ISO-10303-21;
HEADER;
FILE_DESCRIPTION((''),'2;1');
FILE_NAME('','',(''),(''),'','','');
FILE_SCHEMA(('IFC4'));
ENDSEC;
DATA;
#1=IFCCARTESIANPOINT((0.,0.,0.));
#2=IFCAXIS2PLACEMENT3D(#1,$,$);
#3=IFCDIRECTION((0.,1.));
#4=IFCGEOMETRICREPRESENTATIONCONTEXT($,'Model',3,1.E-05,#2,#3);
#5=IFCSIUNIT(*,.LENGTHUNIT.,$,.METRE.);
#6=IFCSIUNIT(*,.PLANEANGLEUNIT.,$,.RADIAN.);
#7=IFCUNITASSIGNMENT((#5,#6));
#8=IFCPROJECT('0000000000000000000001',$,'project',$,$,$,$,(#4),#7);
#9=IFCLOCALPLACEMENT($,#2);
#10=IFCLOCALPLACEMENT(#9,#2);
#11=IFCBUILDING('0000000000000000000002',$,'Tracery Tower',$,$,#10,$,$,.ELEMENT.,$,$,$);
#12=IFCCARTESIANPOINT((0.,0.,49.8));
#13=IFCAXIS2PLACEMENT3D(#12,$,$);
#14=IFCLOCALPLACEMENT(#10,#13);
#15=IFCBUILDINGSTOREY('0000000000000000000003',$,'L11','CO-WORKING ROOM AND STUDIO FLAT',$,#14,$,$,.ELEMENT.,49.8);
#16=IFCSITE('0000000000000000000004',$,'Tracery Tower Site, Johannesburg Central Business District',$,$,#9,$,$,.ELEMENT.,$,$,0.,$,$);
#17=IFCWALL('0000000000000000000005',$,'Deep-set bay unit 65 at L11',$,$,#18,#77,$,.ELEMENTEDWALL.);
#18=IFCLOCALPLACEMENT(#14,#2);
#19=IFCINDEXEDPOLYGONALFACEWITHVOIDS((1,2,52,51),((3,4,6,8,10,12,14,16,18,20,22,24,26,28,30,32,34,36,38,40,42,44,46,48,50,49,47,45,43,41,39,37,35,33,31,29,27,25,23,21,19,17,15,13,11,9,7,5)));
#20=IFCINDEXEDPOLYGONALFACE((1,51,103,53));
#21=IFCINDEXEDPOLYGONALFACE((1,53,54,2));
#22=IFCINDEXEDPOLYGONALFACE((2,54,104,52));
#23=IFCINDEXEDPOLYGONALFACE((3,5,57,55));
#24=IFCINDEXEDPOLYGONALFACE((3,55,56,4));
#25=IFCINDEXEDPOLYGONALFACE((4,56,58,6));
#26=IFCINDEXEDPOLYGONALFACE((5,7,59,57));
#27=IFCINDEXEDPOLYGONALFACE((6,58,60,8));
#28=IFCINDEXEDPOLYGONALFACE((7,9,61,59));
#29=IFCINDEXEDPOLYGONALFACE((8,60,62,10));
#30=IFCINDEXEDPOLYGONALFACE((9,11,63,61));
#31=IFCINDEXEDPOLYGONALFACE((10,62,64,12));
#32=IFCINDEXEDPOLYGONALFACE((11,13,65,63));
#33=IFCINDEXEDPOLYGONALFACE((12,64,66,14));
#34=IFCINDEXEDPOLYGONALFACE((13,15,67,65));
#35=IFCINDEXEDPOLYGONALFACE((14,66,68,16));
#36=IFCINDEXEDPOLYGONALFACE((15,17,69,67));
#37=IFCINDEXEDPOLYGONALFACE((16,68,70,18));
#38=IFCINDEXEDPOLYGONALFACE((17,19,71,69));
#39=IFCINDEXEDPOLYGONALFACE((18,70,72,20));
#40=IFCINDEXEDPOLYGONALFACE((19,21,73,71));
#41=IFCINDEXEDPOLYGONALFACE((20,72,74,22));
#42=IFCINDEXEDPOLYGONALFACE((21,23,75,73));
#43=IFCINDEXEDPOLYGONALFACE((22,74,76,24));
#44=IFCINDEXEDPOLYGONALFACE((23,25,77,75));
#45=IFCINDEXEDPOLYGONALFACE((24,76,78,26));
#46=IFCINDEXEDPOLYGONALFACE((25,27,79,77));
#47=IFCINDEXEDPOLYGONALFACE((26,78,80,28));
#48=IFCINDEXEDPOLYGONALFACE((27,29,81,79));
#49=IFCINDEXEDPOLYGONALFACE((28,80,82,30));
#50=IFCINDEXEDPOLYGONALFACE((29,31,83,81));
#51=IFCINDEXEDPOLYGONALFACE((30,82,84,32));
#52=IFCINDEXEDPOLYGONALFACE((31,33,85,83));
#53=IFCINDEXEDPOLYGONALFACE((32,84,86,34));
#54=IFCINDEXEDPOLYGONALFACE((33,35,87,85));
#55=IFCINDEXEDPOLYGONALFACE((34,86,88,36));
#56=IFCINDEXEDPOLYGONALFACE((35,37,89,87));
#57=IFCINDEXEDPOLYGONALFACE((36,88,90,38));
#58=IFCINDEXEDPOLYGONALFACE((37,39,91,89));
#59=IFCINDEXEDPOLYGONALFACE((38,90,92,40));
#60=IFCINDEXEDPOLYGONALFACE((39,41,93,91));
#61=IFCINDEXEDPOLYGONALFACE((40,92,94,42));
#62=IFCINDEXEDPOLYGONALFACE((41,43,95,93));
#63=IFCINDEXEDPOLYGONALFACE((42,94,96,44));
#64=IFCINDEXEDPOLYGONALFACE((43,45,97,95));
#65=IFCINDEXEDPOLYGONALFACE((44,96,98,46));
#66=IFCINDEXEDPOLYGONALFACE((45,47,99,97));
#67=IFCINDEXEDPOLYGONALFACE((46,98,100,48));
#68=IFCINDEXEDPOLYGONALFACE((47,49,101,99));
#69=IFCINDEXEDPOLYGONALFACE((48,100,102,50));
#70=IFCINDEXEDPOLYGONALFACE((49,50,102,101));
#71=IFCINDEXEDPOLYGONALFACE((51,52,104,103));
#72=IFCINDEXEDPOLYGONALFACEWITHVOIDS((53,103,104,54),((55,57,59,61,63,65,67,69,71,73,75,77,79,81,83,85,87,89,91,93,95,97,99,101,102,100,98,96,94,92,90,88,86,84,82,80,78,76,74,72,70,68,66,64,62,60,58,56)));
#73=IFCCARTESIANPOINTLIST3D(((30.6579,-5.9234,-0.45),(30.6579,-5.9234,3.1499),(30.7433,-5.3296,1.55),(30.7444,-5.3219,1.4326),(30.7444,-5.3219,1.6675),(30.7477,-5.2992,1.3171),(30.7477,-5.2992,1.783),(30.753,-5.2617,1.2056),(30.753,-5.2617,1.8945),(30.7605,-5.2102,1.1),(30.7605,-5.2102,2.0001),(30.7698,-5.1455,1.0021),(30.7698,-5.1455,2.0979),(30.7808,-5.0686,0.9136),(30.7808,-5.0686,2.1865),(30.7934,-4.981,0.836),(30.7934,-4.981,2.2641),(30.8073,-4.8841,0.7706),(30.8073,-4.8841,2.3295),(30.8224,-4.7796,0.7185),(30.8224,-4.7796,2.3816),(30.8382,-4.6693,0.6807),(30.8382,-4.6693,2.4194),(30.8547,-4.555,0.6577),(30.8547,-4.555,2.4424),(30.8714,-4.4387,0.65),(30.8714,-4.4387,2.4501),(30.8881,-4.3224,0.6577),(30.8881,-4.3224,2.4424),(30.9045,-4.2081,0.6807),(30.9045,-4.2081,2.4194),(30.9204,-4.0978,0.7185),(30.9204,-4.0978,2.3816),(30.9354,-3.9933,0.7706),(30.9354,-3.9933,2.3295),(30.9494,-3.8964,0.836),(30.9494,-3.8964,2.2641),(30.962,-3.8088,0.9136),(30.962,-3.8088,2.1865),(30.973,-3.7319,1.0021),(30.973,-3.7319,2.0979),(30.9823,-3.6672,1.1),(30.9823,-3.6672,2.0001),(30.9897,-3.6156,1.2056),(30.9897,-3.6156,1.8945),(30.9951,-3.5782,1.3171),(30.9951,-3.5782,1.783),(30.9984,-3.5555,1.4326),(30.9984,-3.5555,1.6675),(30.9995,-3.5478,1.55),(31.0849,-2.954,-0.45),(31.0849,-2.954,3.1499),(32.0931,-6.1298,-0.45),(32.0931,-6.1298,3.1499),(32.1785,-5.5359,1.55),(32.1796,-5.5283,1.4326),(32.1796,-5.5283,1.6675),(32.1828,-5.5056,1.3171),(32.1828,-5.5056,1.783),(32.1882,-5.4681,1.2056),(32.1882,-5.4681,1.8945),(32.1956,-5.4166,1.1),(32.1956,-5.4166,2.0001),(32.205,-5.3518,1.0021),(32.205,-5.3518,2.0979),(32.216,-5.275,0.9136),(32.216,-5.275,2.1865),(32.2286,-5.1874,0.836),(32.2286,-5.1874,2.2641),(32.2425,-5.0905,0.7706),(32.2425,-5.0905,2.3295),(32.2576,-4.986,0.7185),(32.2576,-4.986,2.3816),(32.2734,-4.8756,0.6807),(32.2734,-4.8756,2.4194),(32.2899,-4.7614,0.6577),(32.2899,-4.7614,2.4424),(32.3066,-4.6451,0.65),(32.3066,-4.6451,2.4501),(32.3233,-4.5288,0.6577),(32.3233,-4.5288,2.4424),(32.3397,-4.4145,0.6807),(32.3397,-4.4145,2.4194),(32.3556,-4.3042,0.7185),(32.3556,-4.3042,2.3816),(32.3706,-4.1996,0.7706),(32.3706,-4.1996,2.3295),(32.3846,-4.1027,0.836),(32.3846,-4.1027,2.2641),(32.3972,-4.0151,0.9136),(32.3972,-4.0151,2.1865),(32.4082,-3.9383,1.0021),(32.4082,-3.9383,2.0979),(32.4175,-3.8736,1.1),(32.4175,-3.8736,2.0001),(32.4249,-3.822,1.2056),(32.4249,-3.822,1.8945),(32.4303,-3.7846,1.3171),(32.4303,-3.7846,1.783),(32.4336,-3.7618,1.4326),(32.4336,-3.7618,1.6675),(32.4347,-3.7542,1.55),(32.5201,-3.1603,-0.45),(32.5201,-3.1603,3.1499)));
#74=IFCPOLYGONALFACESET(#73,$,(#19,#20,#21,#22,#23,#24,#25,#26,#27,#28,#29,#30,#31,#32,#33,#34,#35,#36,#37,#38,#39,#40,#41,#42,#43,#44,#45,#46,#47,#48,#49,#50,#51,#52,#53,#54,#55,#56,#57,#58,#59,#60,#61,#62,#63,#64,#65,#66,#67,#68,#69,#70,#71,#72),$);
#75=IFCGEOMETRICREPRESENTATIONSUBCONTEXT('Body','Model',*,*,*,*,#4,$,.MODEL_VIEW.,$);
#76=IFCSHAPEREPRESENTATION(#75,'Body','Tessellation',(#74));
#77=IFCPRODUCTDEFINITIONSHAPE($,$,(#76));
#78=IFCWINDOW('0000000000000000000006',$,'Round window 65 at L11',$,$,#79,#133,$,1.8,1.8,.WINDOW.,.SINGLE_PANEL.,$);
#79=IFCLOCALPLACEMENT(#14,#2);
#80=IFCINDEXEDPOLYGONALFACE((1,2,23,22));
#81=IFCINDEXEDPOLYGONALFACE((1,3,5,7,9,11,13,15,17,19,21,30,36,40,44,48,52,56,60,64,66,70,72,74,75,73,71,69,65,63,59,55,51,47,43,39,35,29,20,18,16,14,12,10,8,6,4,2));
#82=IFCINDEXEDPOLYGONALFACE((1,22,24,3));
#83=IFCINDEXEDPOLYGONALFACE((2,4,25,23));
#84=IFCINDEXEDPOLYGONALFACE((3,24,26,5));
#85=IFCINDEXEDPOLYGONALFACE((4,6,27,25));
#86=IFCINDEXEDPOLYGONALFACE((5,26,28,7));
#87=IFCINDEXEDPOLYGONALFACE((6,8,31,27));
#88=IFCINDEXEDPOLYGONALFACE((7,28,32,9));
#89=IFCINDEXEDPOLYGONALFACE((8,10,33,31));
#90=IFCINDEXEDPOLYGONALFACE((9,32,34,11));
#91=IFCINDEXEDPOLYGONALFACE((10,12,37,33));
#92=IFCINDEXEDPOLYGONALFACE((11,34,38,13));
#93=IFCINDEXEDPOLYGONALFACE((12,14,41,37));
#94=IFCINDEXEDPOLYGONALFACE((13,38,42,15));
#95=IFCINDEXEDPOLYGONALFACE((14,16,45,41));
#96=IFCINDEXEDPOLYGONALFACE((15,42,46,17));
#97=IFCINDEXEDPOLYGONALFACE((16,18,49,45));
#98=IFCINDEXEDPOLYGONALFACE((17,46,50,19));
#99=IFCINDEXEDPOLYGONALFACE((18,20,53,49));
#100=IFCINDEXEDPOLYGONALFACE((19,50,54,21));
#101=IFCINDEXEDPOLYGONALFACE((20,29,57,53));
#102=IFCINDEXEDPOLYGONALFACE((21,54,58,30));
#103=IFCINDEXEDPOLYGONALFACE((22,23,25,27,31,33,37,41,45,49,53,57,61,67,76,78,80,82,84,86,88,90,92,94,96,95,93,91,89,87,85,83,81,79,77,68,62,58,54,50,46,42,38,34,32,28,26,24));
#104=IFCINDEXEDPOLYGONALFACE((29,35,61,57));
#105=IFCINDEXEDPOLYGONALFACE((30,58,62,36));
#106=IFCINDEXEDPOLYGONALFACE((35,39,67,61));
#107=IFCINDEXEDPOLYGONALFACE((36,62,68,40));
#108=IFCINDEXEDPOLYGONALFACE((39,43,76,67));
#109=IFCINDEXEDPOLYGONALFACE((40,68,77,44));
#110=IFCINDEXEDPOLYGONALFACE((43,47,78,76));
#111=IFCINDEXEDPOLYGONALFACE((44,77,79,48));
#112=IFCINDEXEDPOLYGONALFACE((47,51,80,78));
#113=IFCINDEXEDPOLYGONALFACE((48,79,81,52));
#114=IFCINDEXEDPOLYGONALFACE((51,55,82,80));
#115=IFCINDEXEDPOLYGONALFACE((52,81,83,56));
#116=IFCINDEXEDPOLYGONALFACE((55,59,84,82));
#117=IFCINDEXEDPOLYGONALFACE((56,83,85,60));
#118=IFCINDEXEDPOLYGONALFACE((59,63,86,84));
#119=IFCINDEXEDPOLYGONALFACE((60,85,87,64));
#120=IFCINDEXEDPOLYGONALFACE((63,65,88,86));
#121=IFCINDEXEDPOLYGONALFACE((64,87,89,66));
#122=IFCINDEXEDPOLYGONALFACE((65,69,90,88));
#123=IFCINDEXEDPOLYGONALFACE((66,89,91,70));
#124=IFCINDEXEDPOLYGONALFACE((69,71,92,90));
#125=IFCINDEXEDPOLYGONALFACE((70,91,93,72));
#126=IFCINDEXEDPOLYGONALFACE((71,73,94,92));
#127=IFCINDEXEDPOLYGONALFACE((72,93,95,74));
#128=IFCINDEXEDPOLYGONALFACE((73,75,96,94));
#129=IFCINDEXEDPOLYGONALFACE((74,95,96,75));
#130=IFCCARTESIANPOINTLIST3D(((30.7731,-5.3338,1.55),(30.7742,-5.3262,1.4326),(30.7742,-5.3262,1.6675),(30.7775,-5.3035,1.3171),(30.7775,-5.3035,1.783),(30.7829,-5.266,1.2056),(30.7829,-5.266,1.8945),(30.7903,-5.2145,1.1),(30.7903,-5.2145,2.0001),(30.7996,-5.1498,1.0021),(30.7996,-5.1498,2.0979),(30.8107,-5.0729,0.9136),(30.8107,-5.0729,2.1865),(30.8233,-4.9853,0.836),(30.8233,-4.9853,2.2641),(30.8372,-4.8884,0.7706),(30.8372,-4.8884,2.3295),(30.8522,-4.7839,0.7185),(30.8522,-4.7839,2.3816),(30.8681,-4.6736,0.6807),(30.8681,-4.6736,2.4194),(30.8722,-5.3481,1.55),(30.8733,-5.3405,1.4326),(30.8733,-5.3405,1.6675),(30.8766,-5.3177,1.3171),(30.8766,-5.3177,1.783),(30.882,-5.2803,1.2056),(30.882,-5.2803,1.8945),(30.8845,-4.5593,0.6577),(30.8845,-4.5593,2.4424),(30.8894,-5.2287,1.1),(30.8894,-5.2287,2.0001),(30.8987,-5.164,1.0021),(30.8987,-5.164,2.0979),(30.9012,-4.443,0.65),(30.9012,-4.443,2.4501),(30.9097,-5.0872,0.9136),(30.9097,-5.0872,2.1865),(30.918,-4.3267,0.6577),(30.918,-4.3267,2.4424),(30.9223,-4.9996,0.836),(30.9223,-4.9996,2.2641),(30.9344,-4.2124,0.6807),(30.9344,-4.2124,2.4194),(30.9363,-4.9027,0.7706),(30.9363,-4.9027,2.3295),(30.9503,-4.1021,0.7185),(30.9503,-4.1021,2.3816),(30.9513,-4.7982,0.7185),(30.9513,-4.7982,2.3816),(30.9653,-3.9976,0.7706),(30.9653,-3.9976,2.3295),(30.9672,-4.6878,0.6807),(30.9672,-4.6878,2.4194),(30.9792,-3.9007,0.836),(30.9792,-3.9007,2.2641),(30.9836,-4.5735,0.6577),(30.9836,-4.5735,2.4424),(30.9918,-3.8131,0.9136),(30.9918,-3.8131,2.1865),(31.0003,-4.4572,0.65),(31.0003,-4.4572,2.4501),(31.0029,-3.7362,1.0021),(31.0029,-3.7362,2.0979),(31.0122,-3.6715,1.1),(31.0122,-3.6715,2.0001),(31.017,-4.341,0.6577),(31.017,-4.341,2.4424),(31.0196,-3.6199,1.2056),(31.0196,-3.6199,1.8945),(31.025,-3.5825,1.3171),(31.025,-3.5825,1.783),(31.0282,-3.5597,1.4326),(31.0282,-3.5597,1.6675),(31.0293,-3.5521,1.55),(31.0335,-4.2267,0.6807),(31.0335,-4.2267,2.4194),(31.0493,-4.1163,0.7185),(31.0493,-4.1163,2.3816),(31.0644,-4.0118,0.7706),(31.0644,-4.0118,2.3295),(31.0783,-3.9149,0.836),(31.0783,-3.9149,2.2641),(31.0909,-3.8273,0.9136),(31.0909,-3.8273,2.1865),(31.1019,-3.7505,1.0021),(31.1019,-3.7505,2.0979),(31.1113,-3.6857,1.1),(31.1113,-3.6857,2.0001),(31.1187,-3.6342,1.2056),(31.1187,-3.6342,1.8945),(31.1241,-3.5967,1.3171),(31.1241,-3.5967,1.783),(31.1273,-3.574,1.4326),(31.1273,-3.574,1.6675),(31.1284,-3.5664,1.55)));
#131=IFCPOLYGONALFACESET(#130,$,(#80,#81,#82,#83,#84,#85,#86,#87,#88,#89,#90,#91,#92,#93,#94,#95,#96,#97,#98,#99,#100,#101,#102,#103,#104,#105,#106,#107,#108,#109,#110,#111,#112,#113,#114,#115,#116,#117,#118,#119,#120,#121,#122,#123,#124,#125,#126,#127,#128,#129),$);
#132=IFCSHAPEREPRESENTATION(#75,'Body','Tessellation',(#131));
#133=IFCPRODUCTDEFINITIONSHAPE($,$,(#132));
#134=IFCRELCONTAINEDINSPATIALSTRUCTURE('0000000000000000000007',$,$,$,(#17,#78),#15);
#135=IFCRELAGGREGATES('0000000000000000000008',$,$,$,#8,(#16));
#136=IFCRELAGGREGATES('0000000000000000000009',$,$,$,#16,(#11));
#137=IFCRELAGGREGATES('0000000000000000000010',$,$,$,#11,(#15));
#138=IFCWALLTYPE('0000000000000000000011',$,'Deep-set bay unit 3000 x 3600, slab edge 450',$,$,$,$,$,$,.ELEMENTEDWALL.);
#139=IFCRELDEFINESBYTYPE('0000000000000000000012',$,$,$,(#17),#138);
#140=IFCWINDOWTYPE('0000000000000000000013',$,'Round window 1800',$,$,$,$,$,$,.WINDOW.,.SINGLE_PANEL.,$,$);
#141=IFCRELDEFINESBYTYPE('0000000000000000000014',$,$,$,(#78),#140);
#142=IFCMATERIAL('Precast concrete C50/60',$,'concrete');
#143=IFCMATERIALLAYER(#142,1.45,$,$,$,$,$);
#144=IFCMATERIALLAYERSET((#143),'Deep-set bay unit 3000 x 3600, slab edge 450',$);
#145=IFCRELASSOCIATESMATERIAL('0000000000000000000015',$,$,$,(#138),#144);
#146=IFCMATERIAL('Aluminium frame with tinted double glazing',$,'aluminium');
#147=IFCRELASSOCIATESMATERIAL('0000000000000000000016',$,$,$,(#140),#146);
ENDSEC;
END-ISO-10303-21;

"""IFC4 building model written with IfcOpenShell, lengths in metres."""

from ifc_helpers import new_model, si_unit, direction, frame, frame_2d, origin, origin_2d, place, context, subcontext, project, spatial, rectangle, circle, extrude, material, layer, layer_set, type_object, element, fill, save


model = new_model("IFC4")

# Units and contexts
model_context = context("Model", 3, precision=1e-05, world=origin(), true_north=direction((0.0, 1.0)))
body_context = subcontext(model_context, "Body", "Model", "MODEL_VIEW")
ifc_project = project(units=[si_unit("LENGTHUNIT", "METRE"), si_unit("PLANEANGLEUNIT", "RADIAN")], contexts=[model_context])

# Site, building, storey
site_placement = place(None, origin())
site = spatial("IfcSite", under=ifc_project, at=site_placement, Name="Tracery Tower Site, Johannesburg Central Business District", CompositionType="ELEMENT", RefElevation=0.0)
building_placement = place(site_placement, origin())
building = spatial("IfcBuilding", under=site, at=building_placement, Name="Tracery Tower", CompositionType="ELEMENT")
storey_placement = place(building_placement, frame((0.0, 0.0, 49.8)))
storey = spatial("IfcBuildingStorey", under=building, at=storey_placement, Name="L11", Description="CO-WORKING ROOM AND STUDIO FLAT", CompositionType="ELEMENT", Elevation=49.8)

# Wall, opening, window
ifc_material_1 = material(Name="Precast concrete C50/60", Category="concrete")
ifc_layer_1 = layer(ifc_material_1, 1.45)
ifc_layer_set_1 = layer_set([ifc_layer_1], Name="Deep-set bay unit 3000 x 3600, slab edge 450")
wall_type_1 = type_object("IfcWallType", Name="Deep-set bay unit 3000 x 3600, slab edge 450", PredefinedType="ELEMENTEDWALL", material=ifc_layer_set_1)
wall_1_placement = place(storey_placement, frame((31.3755, -6.0266, -0.45), z_axis=(0.0, 0.0, 1.0), x_axis=(0.142333, 0.989819, 0.0)))
wall_1 = element("IfcWall", 1, at=wall_1_placement, inside=storey, type_object=wall_type_1, Name="Deep-set bay unit 65 at L11", PredefinedType="ELEMENTEDWALL", context=body_context, shape_type="SweptSolid", body=[
    extrude(rectangle(XDim=3.0, YDim=1.45, at=frame_2d((1.5, 0.0))), origin(), (0.0, 0.0, 1.0), 3.5999),
])
opening_1_placement = place(wall_1_placement, frame((1.5, 0.0, 2.0)))
opening_1 = element("IfcOpeningElement", 2, at=opening_1_placement, cuts=wall_1, PredefinedType="OPENING", context=body_context, shape_type="SweptSolid", body=[
    extrude(circle(Radius=0.9, at=origin_2d()), frame((0.0, 0.7349, 0.0), z_axis=(0.0, -1.0, 0.0), x_axis=(1.0, 0.0, 0.0)), (0.0, 0.0, 1.0), 1.47),
])
ifc_material_2 = material(Name="Aluminium frame with tinted double glazing", Category="aluminium")
window_type = type_object("IfcWindowType", Name="Round window 1800", PartitioningType="SINGLE_PANEL", PredefinedType="WINDOW", material=ifc_material_2)
window_1_placement = place(opening_1_placement, origin())
window_1 = element("IfcWindow", 3, at=window_1_placement, inside=storey, type_object=window_type, Name="Round window 65 at L11", OverallHeight=1.8, OverallWidth=1.8, PartitioningType="SINGLE_PANEL", PredefinedType="WINDOW", context=body_context, shape_type="SweptSolid", body=[
    extrude(circle(Radius=0.9, at=origin_2d()), frame((0.0, 0.6948, 0.0), z_axis=(0.0, -1.0, 0.0), x_axis=(1.0, 0.0, 0.0)), (0.0, 0.0, 1.0), 0.1001),
])
fill(opening_1, window_1)

save(model, "model.ifc")
